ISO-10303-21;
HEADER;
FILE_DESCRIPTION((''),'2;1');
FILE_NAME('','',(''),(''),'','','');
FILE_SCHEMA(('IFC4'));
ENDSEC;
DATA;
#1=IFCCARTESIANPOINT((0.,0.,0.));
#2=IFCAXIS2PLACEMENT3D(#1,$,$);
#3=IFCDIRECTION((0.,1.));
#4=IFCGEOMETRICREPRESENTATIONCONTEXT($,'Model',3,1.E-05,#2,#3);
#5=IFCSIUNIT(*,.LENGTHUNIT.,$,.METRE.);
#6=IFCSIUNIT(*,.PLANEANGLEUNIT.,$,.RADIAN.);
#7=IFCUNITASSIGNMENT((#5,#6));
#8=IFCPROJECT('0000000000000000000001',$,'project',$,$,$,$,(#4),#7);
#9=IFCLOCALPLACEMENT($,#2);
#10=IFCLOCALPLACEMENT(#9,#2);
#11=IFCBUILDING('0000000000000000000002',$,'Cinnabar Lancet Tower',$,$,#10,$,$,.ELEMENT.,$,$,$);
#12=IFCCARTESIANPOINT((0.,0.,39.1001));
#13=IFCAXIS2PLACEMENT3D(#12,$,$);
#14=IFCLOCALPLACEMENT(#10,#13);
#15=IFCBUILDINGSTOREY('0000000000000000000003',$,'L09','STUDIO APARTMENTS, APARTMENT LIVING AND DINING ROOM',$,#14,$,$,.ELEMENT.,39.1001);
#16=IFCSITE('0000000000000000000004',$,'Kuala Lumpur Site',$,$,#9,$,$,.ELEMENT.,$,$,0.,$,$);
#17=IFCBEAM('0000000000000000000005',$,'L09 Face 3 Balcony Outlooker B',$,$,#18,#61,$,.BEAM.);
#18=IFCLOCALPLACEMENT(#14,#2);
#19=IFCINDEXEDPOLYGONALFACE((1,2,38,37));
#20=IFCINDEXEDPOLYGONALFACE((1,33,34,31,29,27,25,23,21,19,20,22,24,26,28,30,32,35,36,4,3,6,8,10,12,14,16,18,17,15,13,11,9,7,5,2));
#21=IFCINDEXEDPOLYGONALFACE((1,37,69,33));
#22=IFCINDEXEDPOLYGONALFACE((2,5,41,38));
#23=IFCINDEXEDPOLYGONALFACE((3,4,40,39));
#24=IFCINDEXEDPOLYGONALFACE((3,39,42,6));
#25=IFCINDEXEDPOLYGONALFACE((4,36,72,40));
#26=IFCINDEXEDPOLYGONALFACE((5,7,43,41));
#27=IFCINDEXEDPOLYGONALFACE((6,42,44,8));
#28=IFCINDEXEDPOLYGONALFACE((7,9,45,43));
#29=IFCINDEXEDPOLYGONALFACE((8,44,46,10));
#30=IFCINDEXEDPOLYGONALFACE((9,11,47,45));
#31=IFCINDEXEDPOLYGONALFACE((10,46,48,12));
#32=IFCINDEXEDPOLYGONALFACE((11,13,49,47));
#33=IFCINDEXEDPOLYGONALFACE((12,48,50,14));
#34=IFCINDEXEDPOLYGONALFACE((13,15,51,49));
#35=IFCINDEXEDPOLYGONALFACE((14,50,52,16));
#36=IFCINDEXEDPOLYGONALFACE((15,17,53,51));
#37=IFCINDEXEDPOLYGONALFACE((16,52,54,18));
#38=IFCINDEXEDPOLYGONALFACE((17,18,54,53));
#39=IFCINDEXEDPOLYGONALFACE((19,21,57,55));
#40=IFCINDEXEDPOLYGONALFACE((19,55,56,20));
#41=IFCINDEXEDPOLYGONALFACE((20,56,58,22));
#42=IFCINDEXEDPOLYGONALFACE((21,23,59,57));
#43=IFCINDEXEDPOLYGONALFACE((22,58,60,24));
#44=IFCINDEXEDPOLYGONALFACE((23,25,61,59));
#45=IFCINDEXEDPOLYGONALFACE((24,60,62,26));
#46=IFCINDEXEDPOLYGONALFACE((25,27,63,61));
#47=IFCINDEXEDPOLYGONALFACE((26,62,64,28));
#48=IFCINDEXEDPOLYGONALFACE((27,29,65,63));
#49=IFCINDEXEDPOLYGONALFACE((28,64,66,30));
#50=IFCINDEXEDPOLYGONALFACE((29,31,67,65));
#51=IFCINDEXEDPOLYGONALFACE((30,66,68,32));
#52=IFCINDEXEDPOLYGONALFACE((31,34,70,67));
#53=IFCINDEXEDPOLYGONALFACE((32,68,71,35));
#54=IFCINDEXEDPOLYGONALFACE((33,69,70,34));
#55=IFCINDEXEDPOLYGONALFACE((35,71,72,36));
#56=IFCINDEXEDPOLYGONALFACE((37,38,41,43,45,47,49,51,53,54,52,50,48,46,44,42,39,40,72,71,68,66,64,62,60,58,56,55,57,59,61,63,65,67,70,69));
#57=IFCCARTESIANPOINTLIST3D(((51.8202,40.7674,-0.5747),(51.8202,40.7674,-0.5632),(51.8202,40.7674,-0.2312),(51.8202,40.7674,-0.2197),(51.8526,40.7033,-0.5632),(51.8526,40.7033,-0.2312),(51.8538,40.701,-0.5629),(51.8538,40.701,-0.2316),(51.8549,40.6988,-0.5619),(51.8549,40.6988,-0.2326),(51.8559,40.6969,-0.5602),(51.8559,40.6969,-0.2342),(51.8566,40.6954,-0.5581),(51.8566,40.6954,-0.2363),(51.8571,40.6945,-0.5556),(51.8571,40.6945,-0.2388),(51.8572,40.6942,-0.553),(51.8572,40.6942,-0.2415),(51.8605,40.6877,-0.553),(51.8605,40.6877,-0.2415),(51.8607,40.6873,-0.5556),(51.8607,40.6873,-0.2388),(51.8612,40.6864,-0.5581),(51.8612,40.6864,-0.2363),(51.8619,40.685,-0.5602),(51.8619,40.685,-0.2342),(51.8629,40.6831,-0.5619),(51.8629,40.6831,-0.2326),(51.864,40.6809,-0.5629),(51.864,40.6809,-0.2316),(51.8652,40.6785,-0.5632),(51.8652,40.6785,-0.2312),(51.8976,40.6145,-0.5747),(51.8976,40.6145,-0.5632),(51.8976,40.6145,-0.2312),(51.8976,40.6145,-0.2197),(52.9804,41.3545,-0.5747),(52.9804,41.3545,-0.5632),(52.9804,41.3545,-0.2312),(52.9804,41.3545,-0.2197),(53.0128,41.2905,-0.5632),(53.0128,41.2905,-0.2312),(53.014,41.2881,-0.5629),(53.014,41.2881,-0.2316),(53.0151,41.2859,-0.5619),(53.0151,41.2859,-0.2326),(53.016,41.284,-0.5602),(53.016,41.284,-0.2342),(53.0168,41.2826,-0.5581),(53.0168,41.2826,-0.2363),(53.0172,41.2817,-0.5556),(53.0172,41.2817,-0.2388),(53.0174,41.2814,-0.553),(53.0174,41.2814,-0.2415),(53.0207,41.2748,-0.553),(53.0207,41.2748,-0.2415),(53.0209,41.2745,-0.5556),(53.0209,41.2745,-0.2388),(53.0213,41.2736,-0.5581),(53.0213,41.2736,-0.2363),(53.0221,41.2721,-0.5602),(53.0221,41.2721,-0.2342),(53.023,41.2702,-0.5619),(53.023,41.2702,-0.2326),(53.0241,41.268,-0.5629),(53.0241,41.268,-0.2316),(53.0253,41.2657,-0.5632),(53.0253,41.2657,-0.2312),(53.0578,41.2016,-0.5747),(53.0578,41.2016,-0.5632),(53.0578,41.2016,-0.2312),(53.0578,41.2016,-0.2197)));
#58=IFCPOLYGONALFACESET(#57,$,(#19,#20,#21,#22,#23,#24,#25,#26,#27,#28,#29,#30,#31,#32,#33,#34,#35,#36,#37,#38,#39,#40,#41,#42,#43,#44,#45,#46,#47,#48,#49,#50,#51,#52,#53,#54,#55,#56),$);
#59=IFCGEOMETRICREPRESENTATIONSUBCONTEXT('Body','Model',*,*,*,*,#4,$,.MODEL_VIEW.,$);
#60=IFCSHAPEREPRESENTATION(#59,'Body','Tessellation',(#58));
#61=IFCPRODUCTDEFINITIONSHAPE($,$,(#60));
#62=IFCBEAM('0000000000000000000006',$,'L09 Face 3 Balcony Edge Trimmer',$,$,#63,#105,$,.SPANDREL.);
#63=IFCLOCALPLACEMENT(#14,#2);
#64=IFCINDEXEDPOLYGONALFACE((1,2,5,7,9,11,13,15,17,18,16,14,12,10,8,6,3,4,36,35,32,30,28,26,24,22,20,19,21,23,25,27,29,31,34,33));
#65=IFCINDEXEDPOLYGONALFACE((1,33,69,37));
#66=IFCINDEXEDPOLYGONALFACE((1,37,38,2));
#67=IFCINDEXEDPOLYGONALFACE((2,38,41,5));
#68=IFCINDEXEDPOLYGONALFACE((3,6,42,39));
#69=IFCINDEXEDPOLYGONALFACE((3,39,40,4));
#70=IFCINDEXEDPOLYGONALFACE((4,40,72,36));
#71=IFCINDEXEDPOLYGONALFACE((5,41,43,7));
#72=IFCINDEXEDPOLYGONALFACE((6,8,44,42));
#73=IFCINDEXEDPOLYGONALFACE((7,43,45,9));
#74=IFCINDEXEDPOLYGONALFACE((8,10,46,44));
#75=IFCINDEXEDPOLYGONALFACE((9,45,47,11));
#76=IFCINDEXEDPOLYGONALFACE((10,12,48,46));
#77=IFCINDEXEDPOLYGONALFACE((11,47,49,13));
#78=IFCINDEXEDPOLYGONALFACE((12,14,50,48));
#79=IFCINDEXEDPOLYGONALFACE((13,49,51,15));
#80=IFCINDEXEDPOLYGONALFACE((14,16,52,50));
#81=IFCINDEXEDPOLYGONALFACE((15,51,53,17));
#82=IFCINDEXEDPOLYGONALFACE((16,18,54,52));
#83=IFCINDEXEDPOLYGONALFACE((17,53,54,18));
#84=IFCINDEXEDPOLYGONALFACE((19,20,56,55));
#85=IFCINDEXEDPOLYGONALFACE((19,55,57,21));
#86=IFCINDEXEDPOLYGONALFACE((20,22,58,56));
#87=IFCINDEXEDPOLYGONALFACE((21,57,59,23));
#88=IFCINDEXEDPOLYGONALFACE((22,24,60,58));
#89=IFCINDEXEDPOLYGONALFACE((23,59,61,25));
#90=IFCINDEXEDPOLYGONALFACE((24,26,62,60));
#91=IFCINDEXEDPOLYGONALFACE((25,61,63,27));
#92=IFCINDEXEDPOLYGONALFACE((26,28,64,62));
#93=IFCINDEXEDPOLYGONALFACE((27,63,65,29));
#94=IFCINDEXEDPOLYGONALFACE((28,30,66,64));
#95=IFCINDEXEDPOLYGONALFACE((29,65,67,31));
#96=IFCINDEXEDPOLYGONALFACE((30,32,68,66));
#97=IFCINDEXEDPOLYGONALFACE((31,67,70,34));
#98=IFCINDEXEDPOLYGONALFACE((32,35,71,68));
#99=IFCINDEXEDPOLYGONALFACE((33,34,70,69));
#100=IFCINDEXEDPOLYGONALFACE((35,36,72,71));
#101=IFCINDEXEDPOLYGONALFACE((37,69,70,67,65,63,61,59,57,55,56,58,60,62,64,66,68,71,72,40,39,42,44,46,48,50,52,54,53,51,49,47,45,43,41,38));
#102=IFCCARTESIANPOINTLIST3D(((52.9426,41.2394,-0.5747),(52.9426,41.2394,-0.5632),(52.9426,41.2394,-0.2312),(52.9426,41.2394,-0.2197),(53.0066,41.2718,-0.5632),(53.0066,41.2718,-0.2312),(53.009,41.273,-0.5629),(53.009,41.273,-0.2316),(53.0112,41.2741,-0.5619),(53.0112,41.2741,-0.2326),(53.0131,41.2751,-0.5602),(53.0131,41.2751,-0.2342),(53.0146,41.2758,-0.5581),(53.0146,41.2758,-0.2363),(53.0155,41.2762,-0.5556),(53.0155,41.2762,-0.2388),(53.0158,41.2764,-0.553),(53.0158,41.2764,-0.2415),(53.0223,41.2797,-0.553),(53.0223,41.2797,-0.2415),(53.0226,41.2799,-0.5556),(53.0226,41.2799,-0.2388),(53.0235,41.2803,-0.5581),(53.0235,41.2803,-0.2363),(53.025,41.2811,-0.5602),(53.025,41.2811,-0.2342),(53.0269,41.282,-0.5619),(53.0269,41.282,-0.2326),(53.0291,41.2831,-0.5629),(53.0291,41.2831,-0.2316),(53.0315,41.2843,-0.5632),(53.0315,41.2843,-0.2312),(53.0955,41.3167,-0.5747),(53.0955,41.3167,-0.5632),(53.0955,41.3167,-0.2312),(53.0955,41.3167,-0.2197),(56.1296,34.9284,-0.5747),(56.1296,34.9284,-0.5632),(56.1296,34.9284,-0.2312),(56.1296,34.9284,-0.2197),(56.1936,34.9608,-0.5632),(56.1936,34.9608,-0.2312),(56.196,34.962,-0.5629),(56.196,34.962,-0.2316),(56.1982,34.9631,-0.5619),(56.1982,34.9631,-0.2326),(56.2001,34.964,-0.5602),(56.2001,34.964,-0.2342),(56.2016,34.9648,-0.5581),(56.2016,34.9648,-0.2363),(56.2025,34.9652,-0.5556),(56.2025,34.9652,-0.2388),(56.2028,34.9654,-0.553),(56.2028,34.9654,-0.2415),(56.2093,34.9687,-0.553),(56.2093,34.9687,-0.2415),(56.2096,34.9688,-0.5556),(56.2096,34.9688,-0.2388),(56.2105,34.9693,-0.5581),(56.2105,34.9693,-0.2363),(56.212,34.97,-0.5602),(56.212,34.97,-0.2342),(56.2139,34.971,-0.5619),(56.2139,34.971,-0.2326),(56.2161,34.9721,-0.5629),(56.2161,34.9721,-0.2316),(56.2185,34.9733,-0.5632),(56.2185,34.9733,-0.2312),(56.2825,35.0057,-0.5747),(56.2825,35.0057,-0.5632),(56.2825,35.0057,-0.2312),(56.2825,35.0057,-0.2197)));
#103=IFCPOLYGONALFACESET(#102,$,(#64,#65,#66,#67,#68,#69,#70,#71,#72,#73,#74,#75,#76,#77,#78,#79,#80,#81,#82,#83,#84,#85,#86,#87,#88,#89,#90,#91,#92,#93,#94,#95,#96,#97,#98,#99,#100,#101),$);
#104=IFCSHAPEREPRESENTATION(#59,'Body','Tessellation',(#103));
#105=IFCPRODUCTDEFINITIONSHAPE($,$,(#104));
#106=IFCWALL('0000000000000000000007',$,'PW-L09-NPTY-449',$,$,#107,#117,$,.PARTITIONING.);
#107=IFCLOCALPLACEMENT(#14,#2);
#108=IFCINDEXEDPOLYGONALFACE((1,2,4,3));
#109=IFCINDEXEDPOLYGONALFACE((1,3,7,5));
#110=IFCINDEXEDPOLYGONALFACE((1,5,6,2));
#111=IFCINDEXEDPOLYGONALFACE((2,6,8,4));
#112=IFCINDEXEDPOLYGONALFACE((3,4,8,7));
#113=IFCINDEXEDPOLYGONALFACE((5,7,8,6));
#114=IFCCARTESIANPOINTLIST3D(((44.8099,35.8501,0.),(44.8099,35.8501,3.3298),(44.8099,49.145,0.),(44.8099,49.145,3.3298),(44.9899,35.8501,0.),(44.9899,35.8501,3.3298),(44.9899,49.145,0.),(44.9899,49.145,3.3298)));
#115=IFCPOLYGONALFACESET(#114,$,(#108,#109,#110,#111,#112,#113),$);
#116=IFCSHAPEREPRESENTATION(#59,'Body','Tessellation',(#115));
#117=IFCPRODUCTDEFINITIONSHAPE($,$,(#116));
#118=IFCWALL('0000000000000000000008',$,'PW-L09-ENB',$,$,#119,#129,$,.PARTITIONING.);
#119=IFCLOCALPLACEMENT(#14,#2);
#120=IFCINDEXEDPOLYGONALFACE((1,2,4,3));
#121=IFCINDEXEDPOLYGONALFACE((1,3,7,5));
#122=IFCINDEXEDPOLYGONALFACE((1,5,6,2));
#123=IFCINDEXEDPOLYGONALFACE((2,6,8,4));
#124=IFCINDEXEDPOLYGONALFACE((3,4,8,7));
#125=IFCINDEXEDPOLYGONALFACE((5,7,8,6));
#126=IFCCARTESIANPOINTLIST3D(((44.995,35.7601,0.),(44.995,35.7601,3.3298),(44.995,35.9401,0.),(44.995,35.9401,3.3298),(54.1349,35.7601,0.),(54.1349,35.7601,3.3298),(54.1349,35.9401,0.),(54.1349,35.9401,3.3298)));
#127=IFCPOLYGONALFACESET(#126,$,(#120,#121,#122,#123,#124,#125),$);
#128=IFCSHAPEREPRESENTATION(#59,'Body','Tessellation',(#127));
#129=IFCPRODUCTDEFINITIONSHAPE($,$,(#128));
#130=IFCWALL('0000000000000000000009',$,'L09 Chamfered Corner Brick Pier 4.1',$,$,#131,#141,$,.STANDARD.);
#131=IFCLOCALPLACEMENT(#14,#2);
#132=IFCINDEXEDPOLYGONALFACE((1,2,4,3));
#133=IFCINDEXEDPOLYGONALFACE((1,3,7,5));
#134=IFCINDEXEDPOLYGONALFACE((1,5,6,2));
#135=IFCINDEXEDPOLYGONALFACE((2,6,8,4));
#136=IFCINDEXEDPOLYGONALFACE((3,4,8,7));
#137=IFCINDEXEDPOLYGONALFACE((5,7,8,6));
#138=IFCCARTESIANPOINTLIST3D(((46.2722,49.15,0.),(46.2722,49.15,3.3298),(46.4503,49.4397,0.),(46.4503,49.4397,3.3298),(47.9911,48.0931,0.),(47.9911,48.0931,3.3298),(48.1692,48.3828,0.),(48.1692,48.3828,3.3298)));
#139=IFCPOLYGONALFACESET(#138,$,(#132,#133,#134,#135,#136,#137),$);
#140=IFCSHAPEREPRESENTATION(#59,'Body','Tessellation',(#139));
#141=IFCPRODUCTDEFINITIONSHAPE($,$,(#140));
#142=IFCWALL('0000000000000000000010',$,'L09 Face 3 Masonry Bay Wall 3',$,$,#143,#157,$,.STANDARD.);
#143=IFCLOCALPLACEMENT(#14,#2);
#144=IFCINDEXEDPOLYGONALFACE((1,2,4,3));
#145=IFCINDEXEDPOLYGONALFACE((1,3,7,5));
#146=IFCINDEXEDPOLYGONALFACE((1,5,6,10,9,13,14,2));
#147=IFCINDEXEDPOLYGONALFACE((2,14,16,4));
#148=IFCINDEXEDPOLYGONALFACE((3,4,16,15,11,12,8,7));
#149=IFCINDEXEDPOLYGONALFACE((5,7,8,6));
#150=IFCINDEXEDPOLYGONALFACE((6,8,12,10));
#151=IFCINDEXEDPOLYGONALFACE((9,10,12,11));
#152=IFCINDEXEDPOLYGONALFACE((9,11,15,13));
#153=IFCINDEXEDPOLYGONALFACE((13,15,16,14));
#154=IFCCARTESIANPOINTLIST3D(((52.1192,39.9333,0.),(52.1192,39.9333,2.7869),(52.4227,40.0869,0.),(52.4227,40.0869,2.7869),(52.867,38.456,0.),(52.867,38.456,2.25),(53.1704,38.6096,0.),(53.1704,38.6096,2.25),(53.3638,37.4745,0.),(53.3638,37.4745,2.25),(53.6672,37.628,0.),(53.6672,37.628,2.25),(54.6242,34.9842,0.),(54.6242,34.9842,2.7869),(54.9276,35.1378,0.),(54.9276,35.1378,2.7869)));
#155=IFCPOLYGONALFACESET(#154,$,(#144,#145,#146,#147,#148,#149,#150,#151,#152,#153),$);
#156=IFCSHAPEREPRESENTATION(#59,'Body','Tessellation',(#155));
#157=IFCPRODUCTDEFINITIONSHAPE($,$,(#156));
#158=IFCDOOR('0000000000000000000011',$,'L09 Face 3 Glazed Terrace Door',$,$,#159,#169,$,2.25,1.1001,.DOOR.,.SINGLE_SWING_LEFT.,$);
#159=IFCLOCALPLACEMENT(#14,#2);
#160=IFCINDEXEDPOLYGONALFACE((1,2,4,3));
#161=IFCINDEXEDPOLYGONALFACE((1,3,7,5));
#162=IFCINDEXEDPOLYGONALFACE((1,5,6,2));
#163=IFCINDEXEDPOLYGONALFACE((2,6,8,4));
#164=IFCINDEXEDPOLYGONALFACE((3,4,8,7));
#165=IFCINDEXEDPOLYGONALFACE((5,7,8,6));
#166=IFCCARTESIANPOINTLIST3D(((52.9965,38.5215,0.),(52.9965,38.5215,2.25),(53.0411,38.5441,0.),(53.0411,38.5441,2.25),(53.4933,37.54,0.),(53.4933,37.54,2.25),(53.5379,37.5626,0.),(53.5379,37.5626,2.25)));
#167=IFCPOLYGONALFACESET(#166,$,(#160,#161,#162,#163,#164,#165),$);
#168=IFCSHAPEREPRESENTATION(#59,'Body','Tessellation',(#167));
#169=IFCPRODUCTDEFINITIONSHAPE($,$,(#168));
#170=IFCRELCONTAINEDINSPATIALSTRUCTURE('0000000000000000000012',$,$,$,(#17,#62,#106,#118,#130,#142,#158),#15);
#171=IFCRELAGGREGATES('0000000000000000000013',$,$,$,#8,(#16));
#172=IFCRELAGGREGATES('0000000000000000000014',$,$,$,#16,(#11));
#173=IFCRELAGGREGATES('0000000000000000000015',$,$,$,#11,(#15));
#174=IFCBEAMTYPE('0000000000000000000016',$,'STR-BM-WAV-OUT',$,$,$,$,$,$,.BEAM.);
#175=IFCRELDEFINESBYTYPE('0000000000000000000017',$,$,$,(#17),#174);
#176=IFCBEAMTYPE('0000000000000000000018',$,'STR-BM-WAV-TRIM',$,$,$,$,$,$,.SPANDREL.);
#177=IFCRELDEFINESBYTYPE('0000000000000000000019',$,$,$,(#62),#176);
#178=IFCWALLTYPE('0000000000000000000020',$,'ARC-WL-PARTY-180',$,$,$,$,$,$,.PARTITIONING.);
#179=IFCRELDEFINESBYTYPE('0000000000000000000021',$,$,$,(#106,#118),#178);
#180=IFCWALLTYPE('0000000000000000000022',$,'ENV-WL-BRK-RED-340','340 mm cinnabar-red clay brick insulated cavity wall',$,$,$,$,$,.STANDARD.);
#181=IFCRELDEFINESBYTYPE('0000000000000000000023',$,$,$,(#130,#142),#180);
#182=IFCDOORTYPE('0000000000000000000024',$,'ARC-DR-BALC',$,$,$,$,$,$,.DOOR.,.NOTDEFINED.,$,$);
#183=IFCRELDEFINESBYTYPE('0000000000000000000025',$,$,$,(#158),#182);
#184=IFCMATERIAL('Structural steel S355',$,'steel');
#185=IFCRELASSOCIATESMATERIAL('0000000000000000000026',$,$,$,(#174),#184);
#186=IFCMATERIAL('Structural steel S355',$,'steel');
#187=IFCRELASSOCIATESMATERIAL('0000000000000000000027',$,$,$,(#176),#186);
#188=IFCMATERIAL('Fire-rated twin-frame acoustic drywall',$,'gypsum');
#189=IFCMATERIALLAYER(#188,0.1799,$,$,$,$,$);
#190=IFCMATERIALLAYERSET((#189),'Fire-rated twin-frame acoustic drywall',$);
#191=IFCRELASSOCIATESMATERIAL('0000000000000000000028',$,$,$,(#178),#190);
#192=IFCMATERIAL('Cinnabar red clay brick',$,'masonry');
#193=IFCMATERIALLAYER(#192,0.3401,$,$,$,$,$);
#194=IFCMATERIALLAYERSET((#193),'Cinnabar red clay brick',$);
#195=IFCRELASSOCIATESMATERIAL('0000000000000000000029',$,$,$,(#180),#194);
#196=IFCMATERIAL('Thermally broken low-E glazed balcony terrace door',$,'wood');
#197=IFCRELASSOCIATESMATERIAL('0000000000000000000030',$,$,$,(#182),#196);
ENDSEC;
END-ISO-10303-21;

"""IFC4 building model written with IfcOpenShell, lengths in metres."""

from ifc_helpers import new_model, si_unit, direction, frame, frame_2d, origin, origin_2d, place, context, subcontext, project, spatial, rectangle, i_section, extrude, material, layer, layer_set, material_profile, profile_set, type_object, element, fill, save


model = new_model("IFC4")

# Units and contexts
model_context = context("Model", 3, precision=1e-05, world=origin(), true_north=direction((0.0, 1.0)))
body_context = subcontext(model_context, "Body", "Model", "MODEL_VIEW")
ifc_project = project(units=[si_unit("LENGTHUNIT", "METRE"), si_unit("PLANEANGLEUNIT", "RADIAN")], contexts=[model_context])

# Site, building, storey
site_placement = place(None, origin())
site = spatial("IfcSite", under=ifc_project, at=site_placement, Name="Kuala Lumpur Site", CompositionType="ELEMENT", RefElevation=0.0)
building_placement = place(site_placement, origin())
building = spatial("IfcBuilding", under=site, at=building_placement, Name="Cinnabar Lancet Tower", CompositionType="ELEMENT")
storey_placement = place(building_placement, frame((0.0, 0.0, 39.1001)))
storey = spatial("IfcBuildingStorey", under=building, at=storey_placement, Name="L09", Description="STUDIO APARTMENTS, APARTMENT LIVING AND DINING ROOM", CompositionType="ELEMENT", Elevation=39.1001)

# Beams
ifc_material_1 = material(Name="Structural steel S355", Category="steel")
ifc_material_profile_1 = material_profile(ifc_material_1, i_section(OverallWidth=0.1714, OverallDepth=0.355, WebThickness=0.0073, FlangeThickness=0.0115, FilletRadius=0.0103, at=origin_2d()), Name="UKB 356x171x51")
ifc_profile_set_1 = profile_set([ifc_material_profile_1], Name="Structural steel S355")
beam_type_1 = type_object("IfcBeamType", Name="STR-BM-WAV-OUT", PredefinedType="BEAM", material=ifc_profile_set_1)
beam_1_placement = place(storey_placement, frame((51.8589, 40.6909, -0.3972), z_axis=(0.892239, 0.451564, 0.0), x_axis=(-0.451564, 0.892239, 0.0)))
element("IfcBeam", 1, at=beam_1_placement, inside=storey, type_object=beam_type_1, Name="L09 Face 3 Balcony Outlooker B", PredefinedType="BEAM", context=body_context, shape_type="SweptSolid", body=[
    extrude(i_section(OverallWidth=0.1714, OverallDepth=0.355, WebThickness=0.0073, FlangeThickness=0.0115, FilletRadius=0.0103, at=origin_2d()), origin(), (0.0, 0.0, 1.0), 1.3003),
])
ifc_material_2 = material(Name="Structural steel S355", Category="steel")
ifc_material_profile_2 = material_profile(ifc_material_2, i_section(OverallWidth=0.1714, OverallDepth=0.355, WebThickness=0.0073, FlangeThickness=0.0115, FilletRadius=0.0103, at=origin_2d()), Name="UKB 356x171x51")
ifc_profile_set_2 = profile_set([ifc_material_profile_2], Name="Structural steel S355")
beam_type_2 = type_object("IfcBeamType", Name="STR-BM-WAV-TRIM", PredefinedType="SPANDREL", material=ifc_profile_set_2)
beam_2_placement = place(storey_placement, frame((56.2061, 34.967, -0.3972), z_axis=(-0.450774, 0.892638, 0.0), x_axis=(-0.892638, -0.450774, 0.0)))
element("IfcBeam", 2, at=beam_2_placement, inside=storey, type_object=beam_type_2, Name="L09 Face 3 Balcony Edge Trimmer", PredefinedType="SPANDREL", context=body_context, shape_type="SweptSolid", body=[
    extrude(i_section(OverallWidth=0.1714, OverallDepth=0.355, WebThickness=0.0073, FlangeThickness=0.0115, FilletRadius=0.0103, at=origin_2d()), origin(), (0.0, 0.0, 1.0), 7.0701),
])

# Walls
ifc_material_3 = material(Name="Fire-rated twin-frame acoustic drywall", Category="gypsum")
ifc_layer_1 = layer(ifc_material_3, 0.1799)
ifc_layer_set_1 = layer_set([ifc_layer_1], Name="Fire-rated twin-frame acoustic drywall")
wall_type_1 = type_object("IfcWallType", Name="ARC-WL-PARTY-180", PredefinedType="PARTITIONING", material=ifc_layer_set_1)
wall_1_placement = place(storey_placement, frame((44.8999, 35.8501, 0.0), z_axis=(0.0, 0.0, 1.0), x_axis=(0.0, 1.0, 0.0)))
element("IfcWall", 3, at=wall_1_placement, inside=storey, type_object=wall_type_1, Name="PW-L09-NPTY-449", PredefinedType="PARTITIONING", context=body_context, shape_type="SweptSolid", body=[
    extrude(rectangle(XDim=13.2949, YDim=0.1799, at=frame_2d((6.6475, 0.0))), origin(), (0.0, 0.0, 1.0), 3.3298),
])
wall_2_placement = place(storey_placement, frame((44.9951, 35.8501, 0.0), z_axis=(0.0, 0.0, 1.0), x_axis=(1.0, 0.0, 0.0)))
element("IfcWall", 4, at=wall_2_placement, inside=storey, type_object=wall_type_1, Name="PW-L09-ENB", PredefinedType="PARTITIONING", context=body_context, shape_type="SweptSolid", body=[
    extrude(rectangle(XDim=9.1399, YDim=0.1799, at=frame_2d((4.5698, 0.0))), origin(), (0.0, 0.0, 1.0), 3.3298),
])
ifc_material_4 = material(Name="Cinnabar red clay brick", Category="masonry")
ifc_layer_2 = layer(ifc_material_4, 0.3401)
ifc_layer_set_2 = layer_set([ifc_layer_2], Name="Cinnabar red clay brick")
wall_type_2 = type_object("IfcWallType", Name="ENV-WL-BRK-RED-340", Description="340 mm cinnabar-red clay brick insulated cavity wall", PredefinedType="STANDARD", material=ifc_layer_set_2)
wall_3_placement = place(storey_placement, frame((48.0801, 48.238, 0.0), z_axis=(0.0, 0.0, 1.0), x_axis=(-0.85187, 0.523753, 0.0)))
element("IfcWall", 5, at=wall_3_placement, inside=storey, type_object=wall_type_2, Name="L09 Chamfered Corner Brick Pier 4.1", PredefinedType="STANDARD", context=body_context, shape_type="SweptSolid", body=[
    extrude(rectangle(XDim=2.0178, YDim=0.3401, at=frame_2d((1.0088, 0.0))), origin(), (0.0, 0.0, 1.0), 3.3298),
])

# Wall, opening, door
wall_4_placement = place(storey_placement, frame((54.7759, 35.061, 0.0), z_axis=(0.0, 0.0, 1.0), x_axis=(-0.451592, 0.892225, 0.0)))
wall_4 = element("IfcWall", 6, at=wall_4_placement, inside=storey, type_object=wall_type_2, Name="L09 Face 3 Masonry Bay Wall 3", PredefinedType="STANDARD", context=body_context, shape_type="SweptSolid", body=[
    extrude(rectangle(XDim=5.5469, YDim=0.3401, at=frame_2d((2.7734, 0.0))), origin(), (0.0, 0.0, 1.0), 2.7869),
])
opening_1_placement = place(wall_4_placement, frame((2.791, 0.0, 0.0)))
opening_1 = element("IfcOpeningElement", 7, at=opening_1_placement, cuts=wall_4, PredefinedType="OPENING", context=body_context, shape_type="SweptSolid", body=[
    extrude(rectangle(XDim=1.1001, YDim=2.25, at=frame_2d((0.55, 1.125))), frame((0.0, 0.1799, 0.0), z_axis=(0.0, -1.0, 0.0), x_axis=(1.0, 0.0, 0.0)), (0.0, 0.0, 1.0), 0.3601),
])
ifc_material_5 = material(Name="Thermally broken low-E glazed balcony terrace door", Category="wood")
door_type = type_object("IfcDoorType", Name="ARC-DR-BALC", OperationType="NOTDEFINED", PredefinedType="DOOR", material=ifc_material_5)
door_placement = place(opening_1_placement, origin())
door = element("IfcDoor", 8, at=door_placement, inside=storey, type_object=door_type, Name="L09 Face 3 Glazed Terrace Door", OperationType="SINGLE_SWING_LEFT", OverallHeight=2.25, OverallWidth=1.1001, PredefinedType="DOOR", context=body_context, shape_type="SweptSolid", body=[
    extrude(rectangle(XDim=1.1001, YDim=2.25, at=frame_2d((0.55, 1.125))), frame((0.0, 0.0249, 0.0), z_axis=(0.0, -1.0, 0.0), x_axis=(1.0, 0.0, 0.0)), (0.0, 0.0, 1.0), 0.05),
])
fill(opening_1, door)

save(model, "model.ifc")
